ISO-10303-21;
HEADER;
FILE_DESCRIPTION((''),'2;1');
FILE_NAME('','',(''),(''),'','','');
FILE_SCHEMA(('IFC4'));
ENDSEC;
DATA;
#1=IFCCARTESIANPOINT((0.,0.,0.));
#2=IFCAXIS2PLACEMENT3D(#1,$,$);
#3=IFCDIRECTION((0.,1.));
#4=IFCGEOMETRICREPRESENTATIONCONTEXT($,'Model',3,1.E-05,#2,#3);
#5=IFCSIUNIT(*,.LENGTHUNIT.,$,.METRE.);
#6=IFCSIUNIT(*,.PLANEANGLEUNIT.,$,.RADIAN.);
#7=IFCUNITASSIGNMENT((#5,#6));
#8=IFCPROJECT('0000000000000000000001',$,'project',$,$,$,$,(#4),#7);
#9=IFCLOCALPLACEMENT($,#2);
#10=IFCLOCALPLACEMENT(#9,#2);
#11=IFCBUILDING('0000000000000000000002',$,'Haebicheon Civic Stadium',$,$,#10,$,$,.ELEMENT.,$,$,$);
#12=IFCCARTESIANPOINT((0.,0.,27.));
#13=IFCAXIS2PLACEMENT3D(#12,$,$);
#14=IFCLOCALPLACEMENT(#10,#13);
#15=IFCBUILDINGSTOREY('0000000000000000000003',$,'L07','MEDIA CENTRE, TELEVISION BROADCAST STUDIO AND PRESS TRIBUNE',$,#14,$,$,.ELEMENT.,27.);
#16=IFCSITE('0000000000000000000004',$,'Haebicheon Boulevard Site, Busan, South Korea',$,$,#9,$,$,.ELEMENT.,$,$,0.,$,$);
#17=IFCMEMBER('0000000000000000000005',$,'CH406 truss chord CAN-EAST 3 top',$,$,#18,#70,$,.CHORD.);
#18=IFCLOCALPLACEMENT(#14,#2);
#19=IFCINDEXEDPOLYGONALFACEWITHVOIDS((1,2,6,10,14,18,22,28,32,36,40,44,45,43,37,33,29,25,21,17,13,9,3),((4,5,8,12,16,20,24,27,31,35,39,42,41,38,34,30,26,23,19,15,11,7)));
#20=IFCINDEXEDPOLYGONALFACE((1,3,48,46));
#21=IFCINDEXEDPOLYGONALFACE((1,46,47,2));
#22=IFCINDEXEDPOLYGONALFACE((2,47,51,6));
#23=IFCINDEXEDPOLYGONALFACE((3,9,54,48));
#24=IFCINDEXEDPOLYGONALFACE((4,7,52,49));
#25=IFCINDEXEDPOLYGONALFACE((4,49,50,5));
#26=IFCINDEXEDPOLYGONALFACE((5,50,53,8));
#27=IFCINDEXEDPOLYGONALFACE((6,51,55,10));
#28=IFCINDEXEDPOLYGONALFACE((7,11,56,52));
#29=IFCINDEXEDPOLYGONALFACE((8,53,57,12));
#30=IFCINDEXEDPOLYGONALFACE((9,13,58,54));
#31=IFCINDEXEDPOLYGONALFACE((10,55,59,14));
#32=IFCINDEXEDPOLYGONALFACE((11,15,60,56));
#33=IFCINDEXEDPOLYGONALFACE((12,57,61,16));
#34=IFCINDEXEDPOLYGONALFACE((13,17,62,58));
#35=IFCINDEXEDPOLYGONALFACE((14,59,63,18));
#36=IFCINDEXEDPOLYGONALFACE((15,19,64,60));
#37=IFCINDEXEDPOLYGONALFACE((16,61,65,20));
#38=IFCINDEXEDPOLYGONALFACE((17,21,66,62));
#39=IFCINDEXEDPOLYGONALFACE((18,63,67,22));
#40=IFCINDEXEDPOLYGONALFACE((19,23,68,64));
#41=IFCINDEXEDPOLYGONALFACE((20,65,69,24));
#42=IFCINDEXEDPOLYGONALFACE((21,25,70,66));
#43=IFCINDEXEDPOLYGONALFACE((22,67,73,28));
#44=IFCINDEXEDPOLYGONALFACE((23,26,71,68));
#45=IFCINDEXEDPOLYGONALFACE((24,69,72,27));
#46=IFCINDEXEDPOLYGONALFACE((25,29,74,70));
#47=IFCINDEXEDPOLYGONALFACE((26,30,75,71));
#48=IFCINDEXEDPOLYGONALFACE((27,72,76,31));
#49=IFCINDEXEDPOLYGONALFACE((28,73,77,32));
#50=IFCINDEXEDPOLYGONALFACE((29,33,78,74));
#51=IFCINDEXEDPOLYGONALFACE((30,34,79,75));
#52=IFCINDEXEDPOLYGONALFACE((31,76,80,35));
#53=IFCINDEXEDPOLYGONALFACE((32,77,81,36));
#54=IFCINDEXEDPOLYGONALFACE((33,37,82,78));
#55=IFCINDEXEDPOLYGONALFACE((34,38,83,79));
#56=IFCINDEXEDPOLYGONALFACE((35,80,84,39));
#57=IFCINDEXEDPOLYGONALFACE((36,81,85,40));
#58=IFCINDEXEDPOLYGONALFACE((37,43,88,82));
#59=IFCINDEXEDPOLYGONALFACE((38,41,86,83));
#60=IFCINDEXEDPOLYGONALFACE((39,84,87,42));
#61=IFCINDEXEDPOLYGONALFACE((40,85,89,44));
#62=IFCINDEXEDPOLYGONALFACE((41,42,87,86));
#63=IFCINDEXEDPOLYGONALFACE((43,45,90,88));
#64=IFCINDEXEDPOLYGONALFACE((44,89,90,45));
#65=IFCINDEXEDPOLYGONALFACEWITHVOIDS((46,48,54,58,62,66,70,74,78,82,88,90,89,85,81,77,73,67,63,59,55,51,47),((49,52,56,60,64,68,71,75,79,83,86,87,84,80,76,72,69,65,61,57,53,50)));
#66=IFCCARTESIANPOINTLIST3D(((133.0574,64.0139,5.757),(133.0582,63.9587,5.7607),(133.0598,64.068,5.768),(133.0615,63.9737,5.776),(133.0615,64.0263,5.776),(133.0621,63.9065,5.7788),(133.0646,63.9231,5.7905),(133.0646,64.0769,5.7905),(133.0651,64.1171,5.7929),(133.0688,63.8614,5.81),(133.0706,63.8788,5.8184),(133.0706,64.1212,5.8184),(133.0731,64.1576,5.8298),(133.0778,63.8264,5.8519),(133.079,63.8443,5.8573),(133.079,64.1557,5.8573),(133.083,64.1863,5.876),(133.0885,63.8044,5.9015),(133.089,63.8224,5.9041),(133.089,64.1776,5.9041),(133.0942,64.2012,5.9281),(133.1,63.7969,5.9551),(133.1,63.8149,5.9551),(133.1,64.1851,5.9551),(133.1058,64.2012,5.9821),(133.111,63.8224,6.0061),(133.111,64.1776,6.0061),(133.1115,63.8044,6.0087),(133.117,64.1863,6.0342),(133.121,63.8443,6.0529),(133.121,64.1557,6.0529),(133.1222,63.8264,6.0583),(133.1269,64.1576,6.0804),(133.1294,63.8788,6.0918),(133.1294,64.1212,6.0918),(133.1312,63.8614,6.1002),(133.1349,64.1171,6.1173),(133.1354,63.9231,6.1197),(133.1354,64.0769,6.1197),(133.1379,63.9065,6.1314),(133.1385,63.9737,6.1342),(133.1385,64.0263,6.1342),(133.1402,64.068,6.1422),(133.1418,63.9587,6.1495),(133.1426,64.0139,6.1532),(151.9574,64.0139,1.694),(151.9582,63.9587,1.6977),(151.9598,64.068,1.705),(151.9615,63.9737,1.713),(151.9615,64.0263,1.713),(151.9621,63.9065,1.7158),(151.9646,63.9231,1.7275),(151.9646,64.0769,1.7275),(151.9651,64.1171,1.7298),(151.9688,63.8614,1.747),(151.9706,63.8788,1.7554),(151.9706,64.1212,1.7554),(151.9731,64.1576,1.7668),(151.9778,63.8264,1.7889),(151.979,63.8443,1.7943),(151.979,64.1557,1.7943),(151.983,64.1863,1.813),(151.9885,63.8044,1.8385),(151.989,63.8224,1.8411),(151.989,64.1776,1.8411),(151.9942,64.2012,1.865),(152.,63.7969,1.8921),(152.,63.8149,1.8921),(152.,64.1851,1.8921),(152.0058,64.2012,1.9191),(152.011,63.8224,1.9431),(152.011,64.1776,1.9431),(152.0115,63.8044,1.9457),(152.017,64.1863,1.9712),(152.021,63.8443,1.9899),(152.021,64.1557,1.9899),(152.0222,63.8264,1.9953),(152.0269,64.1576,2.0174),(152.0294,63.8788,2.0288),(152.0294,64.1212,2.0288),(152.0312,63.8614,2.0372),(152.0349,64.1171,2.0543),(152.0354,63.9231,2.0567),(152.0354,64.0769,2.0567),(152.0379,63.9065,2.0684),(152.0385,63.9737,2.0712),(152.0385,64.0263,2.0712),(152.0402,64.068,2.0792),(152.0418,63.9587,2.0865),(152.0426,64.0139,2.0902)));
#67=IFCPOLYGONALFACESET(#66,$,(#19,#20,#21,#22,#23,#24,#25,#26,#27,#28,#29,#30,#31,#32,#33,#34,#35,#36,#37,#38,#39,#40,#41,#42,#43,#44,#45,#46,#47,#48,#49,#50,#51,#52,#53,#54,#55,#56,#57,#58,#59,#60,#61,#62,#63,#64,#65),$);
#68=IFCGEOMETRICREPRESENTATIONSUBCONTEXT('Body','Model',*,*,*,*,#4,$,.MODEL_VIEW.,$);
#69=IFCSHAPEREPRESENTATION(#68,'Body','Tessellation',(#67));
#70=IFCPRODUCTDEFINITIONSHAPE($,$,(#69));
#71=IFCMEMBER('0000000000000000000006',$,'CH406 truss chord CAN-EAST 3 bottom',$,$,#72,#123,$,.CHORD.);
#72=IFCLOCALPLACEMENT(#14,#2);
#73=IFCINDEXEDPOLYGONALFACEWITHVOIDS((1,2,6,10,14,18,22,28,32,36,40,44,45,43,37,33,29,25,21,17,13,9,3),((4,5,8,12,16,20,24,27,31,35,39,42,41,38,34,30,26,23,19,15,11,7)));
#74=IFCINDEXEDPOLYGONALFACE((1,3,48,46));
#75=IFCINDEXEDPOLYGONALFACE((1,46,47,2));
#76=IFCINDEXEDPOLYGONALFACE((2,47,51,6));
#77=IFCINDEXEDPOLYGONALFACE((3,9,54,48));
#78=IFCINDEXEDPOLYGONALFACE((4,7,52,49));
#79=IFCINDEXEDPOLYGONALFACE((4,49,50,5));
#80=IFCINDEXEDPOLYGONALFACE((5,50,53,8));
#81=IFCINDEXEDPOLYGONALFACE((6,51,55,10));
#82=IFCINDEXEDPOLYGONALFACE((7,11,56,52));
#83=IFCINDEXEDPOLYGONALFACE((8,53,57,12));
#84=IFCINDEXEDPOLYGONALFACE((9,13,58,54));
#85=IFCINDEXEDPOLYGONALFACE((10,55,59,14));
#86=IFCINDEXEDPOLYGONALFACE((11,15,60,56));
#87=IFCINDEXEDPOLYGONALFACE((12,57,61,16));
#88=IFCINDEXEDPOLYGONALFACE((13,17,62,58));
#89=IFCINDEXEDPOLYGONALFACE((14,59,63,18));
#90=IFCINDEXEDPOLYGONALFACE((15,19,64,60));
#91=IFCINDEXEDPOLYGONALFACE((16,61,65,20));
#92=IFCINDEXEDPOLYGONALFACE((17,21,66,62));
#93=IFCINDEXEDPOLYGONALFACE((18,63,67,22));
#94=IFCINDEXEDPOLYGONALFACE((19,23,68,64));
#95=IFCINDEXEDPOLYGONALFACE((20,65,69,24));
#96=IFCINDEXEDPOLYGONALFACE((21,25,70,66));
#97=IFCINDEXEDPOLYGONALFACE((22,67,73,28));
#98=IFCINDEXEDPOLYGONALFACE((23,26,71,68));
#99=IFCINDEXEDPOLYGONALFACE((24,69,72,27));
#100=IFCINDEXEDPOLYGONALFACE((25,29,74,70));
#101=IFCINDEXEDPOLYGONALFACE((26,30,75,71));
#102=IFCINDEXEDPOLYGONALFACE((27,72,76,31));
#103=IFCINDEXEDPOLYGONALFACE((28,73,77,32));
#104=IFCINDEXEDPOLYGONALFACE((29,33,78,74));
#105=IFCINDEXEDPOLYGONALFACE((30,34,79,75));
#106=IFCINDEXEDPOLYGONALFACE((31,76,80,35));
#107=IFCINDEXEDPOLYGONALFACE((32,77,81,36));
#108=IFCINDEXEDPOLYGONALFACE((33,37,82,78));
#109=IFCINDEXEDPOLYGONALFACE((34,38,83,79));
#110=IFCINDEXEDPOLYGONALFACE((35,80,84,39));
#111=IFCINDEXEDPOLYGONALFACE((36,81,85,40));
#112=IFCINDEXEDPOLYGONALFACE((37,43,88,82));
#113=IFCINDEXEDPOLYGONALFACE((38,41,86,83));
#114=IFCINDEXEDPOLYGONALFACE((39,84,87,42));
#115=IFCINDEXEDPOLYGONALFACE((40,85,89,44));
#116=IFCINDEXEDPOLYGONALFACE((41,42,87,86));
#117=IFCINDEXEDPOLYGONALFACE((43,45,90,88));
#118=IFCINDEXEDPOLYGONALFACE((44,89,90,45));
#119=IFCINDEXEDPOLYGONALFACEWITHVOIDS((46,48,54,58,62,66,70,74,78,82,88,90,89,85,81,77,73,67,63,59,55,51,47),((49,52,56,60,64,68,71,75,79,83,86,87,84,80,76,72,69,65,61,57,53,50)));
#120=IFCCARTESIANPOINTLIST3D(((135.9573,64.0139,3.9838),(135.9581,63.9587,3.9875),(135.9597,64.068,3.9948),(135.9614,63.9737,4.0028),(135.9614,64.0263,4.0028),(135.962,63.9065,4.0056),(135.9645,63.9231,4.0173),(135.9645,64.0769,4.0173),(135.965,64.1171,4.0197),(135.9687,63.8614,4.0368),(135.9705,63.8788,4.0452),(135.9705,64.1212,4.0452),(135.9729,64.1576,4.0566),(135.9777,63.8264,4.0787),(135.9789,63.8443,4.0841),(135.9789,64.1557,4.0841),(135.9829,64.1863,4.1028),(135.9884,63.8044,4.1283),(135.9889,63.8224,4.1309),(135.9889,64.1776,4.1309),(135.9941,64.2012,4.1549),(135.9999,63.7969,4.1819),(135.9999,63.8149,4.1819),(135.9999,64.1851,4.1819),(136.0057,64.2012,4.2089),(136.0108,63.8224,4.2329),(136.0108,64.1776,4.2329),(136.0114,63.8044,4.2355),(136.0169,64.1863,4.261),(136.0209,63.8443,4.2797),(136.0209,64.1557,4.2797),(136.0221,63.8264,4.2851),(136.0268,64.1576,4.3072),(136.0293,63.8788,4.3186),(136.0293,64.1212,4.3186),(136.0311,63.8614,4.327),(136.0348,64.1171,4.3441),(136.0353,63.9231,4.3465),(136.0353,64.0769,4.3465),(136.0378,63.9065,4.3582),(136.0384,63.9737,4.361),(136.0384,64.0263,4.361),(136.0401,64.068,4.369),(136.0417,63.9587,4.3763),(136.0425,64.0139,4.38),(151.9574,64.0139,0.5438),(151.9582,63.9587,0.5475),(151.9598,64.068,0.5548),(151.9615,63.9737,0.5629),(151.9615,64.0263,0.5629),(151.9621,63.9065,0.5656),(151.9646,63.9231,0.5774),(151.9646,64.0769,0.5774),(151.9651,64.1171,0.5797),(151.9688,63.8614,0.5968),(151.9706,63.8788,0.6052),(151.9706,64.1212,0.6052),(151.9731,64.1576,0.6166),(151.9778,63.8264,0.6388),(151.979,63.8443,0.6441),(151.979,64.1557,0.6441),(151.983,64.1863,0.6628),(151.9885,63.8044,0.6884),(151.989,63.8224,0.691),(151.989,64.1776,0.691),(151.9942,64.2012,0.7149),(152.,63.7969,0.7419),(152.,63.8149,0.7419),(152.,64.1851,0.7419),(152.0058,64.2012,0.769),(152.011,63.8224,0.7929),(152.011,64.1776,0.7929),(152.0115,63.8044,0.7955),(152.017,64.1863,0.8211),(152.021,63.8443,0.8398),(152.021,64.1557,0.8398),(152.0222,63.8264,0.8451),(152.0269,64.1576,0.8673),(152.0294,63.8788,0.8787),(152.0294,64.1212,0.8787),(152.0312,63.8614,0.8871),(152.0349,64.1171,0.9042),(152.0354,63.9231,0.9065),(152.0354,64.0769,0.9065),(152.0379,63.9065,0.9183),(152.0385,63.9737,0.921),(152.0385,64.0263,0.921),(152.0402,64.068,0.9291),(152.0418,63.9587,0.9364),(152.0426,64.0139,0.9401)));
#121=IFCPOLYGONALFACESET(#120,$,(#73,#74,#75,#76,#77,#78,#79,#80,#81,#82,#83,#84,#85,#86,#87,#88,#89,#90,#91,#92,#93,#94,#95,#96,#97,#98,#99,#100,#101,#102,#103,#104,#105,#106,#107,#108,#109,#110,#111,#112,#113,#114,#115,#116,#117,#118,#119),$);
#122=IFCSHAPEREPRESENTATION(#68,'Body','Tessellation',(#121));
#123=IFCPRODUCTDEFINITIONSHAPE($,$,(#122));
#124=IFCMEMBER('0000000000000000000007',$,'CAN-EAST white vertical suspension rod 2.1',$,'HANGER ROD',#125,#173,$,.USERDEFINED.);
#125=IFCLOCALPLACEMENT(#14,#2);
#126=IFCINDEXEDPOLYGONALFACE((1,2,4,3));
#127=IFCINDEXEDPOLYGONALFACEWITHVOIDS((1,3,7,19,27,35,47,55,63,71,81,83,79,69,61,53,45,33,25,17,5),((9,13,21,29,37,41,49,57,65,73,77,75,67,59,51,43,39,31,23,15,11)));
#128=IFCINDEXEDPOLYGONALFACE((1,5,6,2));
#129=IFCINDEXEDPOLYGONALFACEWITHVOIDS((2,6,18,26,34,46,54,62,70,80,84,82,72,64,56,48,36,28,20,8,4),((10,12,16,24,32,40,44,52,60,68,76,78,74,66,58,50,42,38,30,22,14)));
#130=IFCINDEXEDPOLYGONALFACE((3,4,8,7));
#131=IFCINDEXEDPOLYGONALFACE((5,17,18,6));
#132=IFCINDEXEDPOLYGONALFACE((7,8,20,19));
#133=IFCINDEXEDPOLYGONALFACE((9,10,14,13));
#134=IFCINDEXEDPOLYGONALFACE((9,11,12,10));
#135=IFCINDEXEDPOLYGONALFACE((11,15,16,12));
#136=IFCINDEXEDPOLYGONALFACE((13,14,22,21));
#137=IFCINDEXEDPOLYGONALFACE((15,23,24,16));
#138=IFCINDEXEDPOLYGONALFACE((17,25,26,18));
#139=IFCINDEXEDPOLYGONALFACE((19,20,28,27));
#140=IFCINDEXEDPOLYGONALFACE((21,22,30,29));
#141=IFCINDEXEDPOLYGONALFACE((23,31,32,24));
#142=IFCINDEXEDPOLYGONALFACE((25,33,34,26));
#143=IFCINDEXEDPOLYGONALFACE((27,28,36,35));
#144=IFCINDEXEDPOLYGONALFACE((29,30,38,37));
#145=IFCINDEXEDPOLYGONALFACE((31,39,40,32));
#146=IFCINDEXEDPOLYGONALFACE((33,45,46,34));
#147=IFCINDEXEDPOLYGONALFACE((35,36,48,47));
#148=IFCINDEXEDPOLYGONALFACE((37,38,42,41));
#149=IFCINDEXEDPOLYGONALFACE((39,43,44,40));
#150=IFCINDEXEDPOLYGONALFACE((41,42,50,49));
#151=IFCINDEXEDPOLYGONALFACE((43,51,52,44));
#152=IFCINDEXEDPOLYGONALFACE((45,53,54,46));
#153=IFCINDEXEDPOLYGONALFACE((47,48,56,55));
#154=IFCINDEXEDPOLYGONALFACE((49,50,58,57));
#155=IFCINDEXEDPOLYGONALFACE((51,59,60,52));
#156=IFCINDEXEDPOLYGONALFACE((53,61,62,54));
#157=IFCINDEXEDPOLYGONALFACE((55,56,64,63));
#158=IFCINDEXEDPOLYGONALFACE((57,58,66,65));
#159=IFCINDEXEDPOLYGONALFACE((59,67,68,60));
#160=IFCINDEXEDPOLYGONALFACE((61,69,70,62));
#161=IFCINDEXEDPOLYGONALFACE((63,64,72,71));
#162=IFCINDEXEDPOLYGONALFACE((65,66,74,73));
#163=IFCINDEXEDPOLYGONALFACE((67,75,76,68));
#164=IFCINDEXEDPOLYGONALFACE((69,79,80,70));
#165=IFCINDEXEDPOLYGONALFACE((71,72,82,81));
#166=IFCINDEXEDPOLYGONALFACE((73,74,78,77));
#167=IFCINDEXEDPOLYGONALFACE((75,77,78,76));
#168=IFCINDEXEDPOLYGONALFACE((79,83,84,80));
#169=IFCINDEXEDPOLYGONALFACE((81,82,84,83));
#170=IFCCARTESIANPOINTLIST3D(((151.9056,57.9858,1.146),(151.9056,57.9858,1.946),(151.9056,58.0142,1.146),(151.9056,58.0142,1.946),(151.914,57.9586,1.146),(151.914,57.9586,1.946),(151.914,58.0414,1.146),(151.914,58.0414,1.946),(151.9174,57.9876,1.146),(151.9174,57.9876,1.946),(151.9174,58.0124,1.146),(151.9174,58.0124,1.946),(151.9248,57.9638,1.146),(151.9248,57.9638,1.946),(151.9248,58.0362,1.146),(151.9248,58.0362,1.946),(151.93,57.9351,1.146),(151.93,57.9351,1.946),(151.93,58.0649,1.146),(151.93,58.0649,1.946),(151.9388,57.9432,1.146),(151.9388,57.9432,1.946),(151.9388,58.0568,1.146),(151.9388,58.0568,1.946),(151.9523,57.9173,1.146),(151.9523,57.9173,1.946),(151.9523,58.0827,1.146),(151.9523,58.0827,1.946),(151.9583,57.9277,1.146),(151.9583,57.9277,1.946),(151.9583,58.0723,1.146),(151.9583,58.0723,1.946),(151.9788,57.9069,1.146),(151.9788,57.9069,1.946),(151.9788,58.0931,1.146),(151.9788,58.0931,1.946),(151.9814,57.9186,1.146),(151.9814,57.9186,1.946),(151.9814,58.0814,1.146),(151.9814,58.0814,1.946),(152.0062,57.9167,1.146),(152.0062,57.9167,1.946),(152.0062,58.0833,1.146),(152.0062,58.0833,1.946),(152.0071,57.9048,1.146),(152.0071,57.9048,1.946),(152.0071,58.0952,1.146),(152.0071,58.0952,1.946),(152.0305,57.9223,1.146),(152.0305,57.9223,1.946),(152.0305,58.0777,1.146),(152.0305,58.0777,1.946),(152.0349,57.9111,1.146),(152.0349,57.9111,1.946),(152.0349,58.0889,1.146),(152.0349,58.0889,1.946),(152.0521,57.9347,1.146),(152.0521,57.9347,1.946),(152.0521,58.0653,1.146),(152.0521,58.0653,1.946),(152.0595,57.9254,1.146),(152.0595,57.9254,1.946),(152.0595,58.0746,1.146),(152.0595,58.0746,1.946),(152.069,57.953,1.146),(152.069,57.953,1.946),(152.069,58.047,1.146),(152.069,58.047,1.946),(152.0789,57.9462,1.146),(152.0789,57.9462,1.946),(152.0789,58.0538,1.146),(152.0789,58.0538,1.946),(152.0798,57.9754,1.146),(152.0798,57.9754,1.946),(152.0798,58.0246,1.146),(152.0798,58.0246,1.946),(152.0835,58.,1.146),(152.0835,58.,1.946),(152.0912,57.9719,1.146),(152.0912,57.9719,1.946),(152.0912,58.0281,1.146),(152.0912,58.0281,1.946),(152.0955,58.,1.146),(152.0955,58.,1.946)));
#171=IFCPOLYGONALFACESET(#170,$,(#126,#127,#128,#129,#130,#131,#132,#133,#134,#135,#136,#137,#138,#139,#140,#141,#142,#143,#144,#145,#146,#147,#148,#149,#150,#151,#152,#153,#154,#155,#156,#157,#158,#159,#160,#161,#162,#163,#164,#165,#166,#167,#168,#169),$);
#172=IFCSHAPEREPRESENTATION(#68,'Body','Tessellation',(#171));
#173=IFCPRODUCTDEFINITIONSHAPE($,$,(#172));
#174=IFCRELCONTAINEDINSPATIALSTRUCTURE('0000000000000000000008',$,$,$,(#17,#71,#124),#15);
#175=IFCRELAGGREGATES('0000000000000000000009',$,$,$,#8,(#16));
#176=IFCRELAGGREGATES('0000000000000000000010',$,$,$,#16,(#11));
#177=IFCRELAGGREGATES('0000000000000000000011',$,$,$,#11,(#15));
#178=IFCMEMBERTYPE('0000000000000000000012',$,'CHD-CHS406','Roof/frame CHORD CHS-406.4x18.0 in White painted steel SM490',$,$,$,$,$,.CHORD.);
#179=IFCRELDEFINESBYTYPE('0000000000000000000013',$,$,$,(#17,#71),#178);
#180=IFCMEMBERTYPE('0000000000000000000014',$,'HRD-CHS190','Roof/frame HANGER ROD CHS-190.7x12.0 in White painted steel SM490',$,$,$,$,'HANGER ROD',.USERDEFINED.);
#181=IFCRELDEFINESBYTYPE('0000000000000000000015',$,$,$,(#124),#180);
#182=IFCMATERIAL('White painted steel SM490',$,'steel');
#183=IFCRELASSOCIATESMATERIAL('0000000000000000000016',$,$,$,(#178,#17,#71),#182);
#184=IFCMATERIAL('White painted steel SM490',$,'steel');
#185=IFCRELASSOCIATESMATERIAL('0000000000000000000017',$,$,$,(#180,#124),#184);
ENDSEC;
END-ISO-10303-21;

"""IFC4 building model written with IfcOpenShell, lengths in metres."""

from ifc_helpers import new_model, si_unit, direction, frame, origin, origin_2d, place, context, subcontext, project, spatial, hollow_circle, extrude, material, material_profile, profile_set, type_object, element, save


model = new_model("IFC4")

# Units and contexts
model_context = context("Model", 3, precision=1e-05, world=origin(), true_north=direction((0.0, 1.0)))
body_context = subcontext(model_context, "Body", "Model", "MODEL_VIEW")
ifc_project = project(units=[si_unit("LENGTHUNIT", "METRE"), si_unit("PLANEANGLEUNIT", "RADIAN")], contexts=[model_context])

# Site, building, storey
site_placement = place(None, origin())
site = spatial("IfcSite", under=ifc_project, at=site_placement, Name="Haebicheon Boulevard Site, Busan, South Korea", CompositionType="ELEMENT", RefElevation=0.0)
building_placement = place(site_placement, origin())
building = spatial("IfcBuilding", under=site, at=building_placement, Name="Haebicheon Civic Stadium", CompositionType="ELEMENT")
storey_placement = place(building_placement, frame((0.0, 0.0, 27.0)))
storey = spatial("IfcBuildingStorey", under=building, at=storey_placement, Name="L07", Description="MEDIA CENTRE, TELEVISION BROADCAST STUDIO AND PRESS TRIBUNE", CompositionType="ELEMENT", Elevation=27.0)

# Members
ifc_material_1 = material(Name="White painted steel SM490", Category="steel")
ifc_material_profile_1 = material_profile(ifc_material_1, hollow_circle(Radius=0.2031, WallThickness=0.0181, at=origin_2d()), Name="CHS-406.4x18.0")
ifc_profile_set_1 = profile_set([ifc_material_profile_1], Name="White painted steel SM490")
member_type_1 = type_object("IfcMemberType", Name="CHD-CHS406", Description="Roof/frame CHORD CHS-406.4x18.0 in White painted steel SM490", PredefinedType="CHORD", material=ifc_profile_set_1)
member_1_placement = place(storey_placement, frame((152.0, 64.0, 1.8921), z_axis=(-0.977664, 0.0, 0.210172), x_axis=(0.0, -1.0, 0.0)))
element("IfcMember", 1, at=member_1_placement, inside=storey, type_object=member_type_1, material=ifc_profile_set_1, Name="CH406 truss chord CAN-EAST 3 top", PredefinedType="CHORD", context=body_context, shape_type="SweptSolid", body=[
    extrude(hollow_circle(Radius=0.2031, WallThickness=0.0181, at=origin_2d()), origin(), (0.0, 0.0, 1.0), 19.3318),
])
member_2_placement = place(storey_placement, frame((152.0, 64.0, 0.7419), z_axis=(-0.97766, 0.0, 0.210193), x_axis=(0.0, -1.0, 0.0)))
element("IfcMember", 2, at=member_2_placement, inside=storey, type_object=member_type_1, material=ifc_profile_set_1, Name="CH406 truss chord CAN-EAST 3 bottom", PredefinedType="CHORD", context=body_context, shape_type="SweptSolid", body=[
    extrude(hollow_circle(Radius=0.2031, WallThickness=0.0181, at=origin_2d()), origin(), (0.0, 0.0, 1.0), 16.3657),
])
ifc_material_2 = material(Name="White painted steel SM490", Category="steel")
ifc_material_profile_2 = material_profile(ifc_material_2, hollow_circle(Radius=0.0955, WallThickness=0.012, at=origin_2d()), Name="CHS-190.7x12.0")
ifc_profile_set_2 = profile_set([ifc_material_profile_2], Name="White painted steel SM490")
member_type_2 = type_object("IfcMemberType", Name="HRD-CHS190", Description="Roof/frame HANGER ROD CHS-190.7x12.0 in White painted steel SM490", ElementType="HANGER ROD", PredefinedType="USERDEFINED", material=ifc_profile_set_2)
for number, where, z_axis, x_axis, name in (
    (3, (152.0, 58.0, 1.146), (0.0, 0.0, 1.0), (1.0, 0.0, 0.0), "CAN-EAST white vertical suspension rod 2.1"),
):
    element("IfcMember", number, at=place(storey_placement, frame(where, z_axis=z_axis, x_axis=x_axis)), inside=storey, type_object=member_type_2, material=ifc_profile_set_2, Name=name, ObjectType="HANGER ROD", PredefinedType="USERDEFINED", context=body_context, shape_type="SweptSolid", body=[
        extrude(hollow_circle(Radius=0.0955, WallThickness=0.012, at=origin_2d()), origin(), (0.0, 0.0, 1.0), 0.8),
    ])

save(model, "model.ifc")
